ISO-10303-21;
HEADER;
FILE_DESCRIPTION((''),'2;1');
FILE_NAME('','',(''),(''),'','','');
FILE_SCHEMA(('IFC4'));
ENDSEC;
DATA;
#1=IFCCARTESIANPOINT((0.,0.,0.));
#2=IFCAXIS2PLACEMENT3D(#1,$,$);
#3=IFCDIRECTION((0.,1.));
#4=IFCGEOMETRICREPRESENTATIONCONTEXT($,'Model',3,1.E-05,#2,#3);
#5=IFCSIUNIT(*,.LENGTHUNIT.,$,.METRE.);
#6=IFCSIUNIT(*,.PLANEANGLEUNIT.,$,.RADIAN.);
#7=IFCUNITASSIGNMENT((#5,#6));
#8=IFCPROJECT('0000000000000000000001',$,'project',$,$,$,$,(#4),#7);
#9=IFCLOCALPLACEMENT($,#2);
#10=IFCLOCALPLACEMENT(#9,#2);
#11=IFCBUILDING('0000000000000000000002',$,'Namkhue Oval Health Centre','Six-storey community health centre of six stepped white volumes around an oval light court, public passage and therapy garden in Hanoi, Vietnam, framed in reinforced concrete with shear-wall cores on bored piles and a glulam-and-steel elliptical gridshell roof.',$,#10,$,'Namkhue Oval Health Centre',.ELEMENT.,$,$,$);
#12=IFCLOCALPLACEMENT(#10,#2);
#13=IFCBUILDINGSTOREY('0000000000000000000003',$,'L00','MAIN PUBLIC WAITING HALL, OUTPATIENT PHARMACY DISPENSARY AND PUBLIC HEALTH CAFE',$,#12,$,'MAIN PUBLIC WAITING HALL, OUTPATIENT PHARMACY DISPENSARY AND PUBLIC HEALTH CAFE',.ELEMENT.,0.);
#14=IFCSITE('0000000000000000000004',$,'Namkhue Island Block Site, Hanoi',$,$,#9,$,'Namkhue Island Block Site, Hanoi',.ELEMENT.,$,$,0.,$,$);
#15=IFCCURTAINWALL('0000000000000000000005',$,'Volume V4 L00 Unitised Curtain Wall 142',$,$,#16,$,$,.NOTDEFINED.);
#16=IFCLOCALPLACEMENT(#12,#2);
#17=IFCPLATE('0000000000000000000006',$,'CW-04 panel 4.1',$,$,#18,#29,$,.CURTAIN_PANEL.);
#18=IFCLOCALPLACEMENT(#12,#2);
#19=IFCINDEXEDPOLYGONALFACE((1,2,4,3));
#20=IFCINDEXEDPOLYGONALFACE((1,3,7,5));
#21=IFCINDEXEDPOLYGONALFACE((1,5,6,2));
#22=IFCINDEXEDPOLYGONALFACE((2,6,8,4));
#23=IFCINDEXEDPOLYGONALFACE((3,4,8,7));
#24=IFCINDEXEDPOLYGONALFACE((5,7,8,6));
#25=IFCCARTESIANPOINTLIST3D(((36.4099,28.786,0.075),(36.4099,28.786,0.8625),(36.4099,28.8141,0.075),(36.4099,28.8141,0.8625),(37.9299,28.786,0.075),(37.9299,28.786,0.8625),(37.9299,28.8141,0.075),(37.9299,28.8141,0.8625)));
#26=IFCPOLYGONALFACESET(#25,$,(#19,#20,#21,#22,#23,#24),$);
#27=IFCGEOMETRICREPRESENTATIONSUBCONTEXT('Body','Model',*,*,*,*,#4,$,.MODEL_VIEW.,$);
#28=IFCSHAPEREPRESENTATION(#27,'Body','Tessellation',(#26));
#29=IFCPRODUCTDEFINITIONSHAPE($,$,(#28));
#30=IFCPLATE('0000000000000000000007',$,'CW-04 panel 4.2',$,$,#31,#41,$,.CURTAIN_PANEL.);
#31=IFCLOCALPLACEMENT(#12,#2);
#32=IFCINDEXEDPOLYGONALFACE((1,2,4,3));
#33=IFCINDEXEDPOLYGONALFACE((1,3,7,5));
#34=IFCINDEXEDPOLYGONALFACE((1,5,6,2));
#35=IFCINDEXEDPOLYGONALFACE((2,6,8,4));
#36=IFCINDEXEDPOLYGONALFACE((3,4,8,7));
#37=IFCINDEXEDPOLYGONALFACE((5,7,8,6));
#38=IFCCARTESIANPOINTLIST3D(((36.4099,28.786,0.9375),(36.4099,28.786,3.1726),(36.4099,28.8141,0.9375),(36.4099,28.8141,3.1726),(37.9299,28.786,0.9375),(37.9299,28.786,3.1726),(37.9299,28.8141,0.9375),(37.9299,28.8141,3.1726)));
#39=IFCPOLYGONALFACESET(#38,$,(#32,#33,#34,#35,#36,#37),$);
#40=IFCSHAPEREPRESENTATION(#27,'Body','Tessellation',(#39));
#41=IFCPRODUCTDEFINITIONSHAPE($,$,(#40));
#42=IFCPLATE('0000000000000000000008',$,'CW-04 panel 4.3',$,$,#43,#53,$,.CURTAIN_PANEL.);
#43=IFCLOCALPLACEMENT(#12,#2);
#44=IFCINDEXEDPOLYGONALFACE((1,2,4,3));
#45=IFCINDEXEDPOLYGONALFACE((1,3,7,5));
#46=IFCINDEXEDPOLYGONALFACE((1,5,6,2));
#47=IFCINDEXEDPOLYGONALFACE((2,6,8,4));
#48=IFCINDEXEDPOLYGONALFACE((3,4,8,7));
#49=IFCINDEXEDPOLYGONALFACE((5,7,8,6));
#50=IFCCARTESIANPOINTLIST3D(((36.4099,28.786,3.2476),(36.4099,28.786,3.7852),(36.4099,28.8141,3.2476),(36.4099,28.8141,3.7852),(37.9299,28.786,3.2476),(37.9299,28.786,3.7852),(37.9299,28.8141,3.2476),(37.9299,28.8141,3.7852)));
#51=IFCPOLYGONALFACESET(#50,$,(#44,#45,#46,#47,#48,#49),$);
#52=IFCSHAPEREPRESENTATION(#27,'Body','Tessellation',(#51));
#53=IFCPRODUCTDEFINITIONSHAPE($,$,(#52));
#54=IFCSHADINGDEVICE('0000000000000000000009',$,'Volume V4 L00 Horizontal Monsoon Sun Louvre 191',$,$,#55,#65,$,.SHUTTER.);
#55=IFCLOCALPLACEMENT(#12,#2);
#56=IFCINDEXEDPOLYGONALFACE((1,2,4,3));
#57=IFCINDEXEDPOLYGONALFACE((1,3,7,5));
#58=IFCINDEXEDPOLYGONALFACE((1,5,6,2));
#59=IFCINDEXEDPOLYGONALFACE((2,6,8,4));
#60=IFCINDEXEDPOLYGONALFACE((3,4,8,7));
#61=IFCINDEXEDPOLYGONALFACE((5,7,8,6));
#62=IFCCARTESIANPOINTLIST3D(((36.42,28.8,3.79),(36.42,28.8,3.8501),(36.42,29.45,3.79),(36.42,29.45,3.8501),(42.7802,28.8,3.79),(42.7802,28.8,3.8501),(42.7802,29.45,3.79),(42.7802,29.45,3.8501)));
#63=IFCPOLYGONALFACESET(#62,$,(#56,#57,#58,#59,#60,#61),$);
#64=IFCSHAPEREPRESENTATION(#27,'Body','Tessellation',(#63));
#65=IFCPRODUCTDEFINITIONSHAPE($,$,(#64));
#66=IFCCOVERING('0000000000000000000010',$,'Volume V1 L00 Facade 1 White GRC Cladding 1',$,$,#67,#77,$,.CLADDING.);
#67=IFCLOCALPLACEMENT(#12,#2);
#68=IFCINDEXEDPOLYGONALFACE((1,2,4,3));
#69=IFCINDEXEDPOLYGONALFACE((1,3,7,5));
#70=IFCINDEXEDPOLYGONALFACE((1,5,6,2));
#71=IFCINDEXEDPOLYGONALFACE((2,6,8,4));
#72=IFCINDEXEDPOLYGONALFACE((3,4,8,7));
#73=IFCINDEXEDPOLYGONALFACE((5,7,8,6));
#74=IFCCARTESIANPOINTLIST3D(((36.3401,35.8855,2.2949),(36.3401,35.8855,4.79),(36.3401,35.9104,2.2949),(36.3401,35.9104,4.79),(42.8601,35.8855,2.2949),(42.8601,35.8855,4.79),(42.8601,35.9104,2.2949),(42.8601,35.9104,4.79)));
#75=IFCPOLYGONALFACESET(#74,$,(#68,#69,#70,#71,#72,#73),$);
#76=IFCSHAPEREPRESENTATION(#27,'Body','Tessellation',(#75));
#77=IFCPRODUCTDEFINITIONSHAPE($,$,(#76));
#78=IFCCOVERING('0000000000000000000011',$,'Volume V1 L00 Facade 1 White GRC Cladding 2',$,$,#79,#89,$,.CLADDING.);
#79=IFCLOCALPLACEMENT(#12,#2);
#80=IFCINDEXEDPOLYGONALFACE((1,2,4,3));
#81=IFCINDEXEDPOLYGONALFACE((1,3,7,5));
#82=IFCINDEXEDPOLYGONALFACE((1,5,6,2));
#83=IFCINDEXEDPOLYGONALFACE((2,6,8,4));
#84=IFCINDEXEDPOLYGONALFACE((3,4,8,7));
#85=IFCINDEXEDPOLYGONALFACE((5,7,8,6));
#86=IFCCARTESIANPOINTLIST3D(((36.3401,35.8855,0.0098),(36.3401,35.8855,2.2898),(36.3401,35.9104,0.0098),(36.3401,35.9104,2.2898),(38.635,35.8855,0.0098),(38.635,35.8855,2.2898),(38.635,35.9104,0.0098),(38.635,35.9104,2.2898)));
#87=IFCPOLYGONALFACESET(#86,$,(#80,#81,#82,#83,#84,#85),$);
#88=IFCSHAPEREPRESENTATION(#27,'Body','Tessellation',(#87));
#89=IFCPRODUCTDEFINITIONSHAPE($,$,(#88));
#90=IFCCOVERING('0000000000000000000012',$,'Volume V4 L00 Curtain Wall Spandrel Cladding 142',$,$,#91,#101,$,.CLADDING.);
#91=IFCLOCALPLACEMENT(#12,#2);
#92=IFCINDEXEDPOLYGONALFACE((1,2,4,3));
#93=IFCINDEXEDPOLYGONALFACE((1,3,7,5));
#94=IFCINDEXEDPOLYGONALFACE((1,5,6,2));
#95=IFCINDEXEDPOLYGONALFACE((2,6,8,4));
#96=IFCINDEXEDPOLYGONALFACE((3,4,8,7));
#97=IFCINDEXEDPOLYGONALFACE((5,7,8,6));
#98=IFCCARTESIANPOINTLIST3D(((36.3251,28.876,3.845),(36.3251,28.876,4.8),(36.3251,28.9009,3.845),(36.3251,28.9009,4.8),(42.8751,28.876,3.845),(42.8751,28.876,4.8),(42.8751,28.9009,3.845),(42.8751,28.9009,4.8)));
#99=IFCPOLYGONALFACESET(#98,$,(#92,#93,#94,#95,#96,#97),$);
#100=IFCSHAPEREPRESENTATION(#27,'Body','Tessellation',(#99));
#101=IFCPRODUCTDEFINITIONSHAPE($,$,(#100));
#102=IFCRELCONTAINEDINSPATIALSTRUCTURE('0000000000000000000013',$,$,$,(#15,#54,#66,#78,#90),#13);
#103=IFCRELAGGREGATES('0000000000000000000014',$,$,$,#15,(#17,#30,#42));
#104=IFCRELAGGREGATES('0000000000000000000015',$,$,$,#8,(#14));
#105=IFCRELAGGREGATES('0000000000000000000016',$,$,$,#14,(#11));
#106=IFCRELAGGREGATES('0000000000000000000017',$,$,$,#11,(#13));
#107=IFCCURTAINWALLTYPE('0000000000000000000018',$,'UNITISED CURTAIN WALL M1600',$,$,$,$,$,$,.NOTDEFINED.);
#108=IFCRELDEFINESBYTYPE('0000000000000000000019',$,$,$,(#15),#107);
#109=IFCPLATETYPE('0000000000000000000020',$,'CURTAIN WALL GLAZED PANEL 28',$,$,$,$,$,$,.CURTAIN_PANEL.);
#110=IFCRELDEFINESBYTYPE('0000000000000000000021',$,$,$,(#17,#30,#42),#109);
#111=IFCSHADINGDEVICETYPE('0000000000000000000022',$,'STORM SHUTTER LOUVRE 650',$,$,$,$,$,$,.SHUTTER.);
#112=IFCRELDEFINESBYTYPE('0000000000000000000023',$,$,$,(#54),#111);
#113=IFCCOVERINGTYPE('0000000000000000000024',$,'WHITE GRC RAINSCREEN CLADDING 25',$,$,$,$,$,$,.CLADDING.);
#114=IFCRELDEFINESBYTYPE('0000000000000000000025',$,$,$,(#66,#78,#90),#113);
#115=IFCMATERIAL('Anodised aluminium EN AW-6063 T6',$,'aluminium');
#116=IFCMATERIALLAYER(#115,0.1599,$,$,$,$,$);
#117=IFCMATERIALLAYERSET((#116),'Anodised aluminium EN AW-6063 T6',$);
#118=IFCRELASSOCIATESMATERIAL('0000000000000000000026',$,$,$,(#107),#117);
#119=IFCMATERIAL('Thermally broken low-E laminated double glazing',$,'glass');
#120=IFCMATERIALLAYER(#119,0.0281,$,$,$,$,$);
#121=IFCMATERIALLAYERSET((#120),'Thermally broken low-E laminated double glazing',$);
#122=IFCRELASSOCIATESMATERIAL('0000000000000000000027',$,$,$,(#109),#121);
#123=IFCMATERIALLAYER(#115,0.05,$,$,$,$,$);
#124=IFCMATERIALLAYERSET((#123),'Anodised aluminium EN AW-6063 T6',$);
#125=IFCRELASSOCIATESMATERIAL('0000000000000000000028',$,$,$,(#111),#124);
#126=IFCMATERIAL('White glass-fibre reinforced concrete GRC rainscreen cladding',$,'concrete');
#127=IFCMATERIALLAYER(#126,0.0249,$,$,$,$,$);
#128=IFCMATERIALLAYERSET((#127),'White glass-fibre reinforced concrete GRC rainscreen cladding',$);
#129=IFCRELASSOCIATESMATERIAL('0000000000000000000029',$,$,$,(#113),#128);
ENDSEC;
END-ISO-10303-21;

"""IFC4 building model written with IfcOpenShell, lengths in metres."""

from ifc_helpers import new_model, si_unit, direction, frame, origin, origin_2d, place, context, subcontext, project, spatial, rectangle, extrude, material, layer, layer_set, type_object, element, aggregate, save


model = new_model("IFC4")

# Units and contexts
model_context = context("Model", 3, precision=1e-05, world=origin(), true_north=direction((0.0, 1.0)))
body_context = subcontext(model_context, "Body", "Model", "MODEL_VIEW")
ifc_project = project(units=[si_unit("LENGTHUNIT", "METRE"), si_unit("PLANEANGLEUNIT", "RADIAN")], contexts=[model_context])

# Site, building, storey
site_placement = place(None, origin())
site = spatial("IfcSite", under=ifc_project, at=site_placement, Name="Namkhue Island Block Site, Hanoi", LongName="Namkhue Island Block Site, Hanoi", CompositionType="ELEMENT", RefElevation=0.0)
building_placement = place(site_placement, origin())
building = spatial("IfcBuilding", under=site, at=building_placement, Name="Namkhue Oval Health Centre", Description="Six-storey community health centre of six stepped white volumes around an oval light court, public passage and therapy garden in Hanoi, Vietnam, framed in reinforced concrete with shear-wall cores on bored piles and a glulam-and-steel elliptical gridshell roof.", LongName="Namkhue Oval Health Centre", CompositionType="ELEMENT")
storey_placement = place(building_placement, origin())
storey = spatial("IfcBuildingStorey", under=building, at=storey_placement, Name="L00", Description="MAIN PUBLIC WAITING HALL, OUTPATIENT PHARMACY DISPENSARY AND PUBLIC HEALTH CAFE", LongName="MAIN PUBLIC WAITING HALL, OUTPATIENT PHARMACY DISPENSARY AND PUBLIC HEALTH CAFE", CompositionType="ELEMENT", Elevation=0.0)

# Curtain wall
ifc_material_1 = material(Name="Anodised aluminium EN AW-6063 T6", Category="aluminium")
ifc_layer_1 = layer(ifc_material_1, 0.1599)
ifc_layer_set_1 = layer_set([ifc_layer_1], Name="Anodised aluminium EN AW-6063 T6")
curtain_wall_type = type_object("IfcCurtainWallType", Name="UNITISED CURTAIN WALL M1600", PredefinedType="NOTDEFINED", material=ifc_layer_set_1)
curtain_wall_placement = place(storey_placement, origin())
curtain_wall = element("IfcCurtainWall", 1, at=curtain_wall_placement, inside=storey, type_object=curtain_wall_type, Name="Volume V4 L00 Unitised Curtain Wall 142", PredefinedType="NOTDEFINED")

# Plates
ifc_material_2 = material(Name="Thermally broken low-E laminated double glazing", Category="glass")
ifc_layer_2 = layer(ifc_material_2, 0.0281)
ifc_layer_set_2 = layer_set([ifc_layer_2], Name="Thermally broken low-E laminated double glazing")
plate_type = type_object("IfcPlateType", Name="CURTAIN WALL GLAZED PANEL 28", PredefinedType="CURTAIN_PANEL", material=ifc_layer_set_2)
plate_1_placement = place(storey_placement, frame((37.1699, 28.8, 0.075), z_axis=(0.0, 0.0, 1.0), x_axis=(-1.0, 0.0, 0.0)))
plate_1 = element("IfcPlate", 2, at=plate_1_placement, type_object=plate_type, Name="CW-04 panel 4.1", PredefinedType="CURTAIN_PANEL", context=body_context, shape_type="SweptSolid", body=[
    extrude(rectangle(XDim=1.52, YDim=0.0281, at=origin_2d()), origin(), (0.0, 0.0, 1.0), 0.7876),
])
plate_2_placement = place(storey_placement, frame((37.1699, 28.8, 0.9375), z_axis=(0.0, 0.0, 1.0), x_axis=(-1.0, 0.0, 0.0)))
plate_2 = element("IfcPlate", 3, at=plate_2_placement, type_object=plate_type, Name="CW-04 panel 4.2", PredefinedType="CURTAIN_PANEL", context=body_context, shape_type="SweptSolid", body=[
    extrude(rectangle(XDim=1.52, YDim=0.0281, at=origin_2d()), origin(), (0.0, 0.0, 1.0), 2.2351),
])
plate_3_placement = place(storey_placement, frame((37.1699, 28.8, 3.2476), z_axis=(0.0, 0.0, 1.0), x_axis=(-1.0, 0.0, 0.0)))
plate_3 = element("IfcPlate", 4, at=plate_3_placement, type_object=plate_type, Name="CW-04 panel 4.3", PredefinedType="CURTAIN_PANEL", context=body_context, shape_type="SweptSolid", body=[
    extrude(rectangle(XDim=1.52, YDim=0.0281, at=origin_2d()), origin(), (0.0, 0.0, 1.0), 0.5376),
])
aggregate(curtain_wall, [plate_1, plate_2, plate_3])

# Shading device
ifc_layer_3 = layer(ifc_material_1, 0.05)
ifc_layer_set_3 = layer_set([ifc_layer_3], Name="Anodised aluminium EN AW-6063 T6")
shading_device_type = type_object("IfcShadingDeviceType", Name="STORM SHUTTER LOUVRE 650", PredefinedType="SHUTTER", material=ifc_layer_set_3)
shading_device_placement = place(storey_placement, frame((39.6001, 29.125, 3.79), z_axis=(0.0, 0.0, 1.0), x_axis=(-1.0, 0.0, 0.0)))
element("IfcShadingDevice", 5, at=shading_device_placement, inside=storey, type_object=shading_device_type, Name="Volume V4 L00 Horizontal Monsoon Sun Louvre 191", PredefinedType="SHUTTER", context=body_context, shape_type="SweptSolid", body=[
    extrude(rectangle(XDim=6.3601, YDim=0.6499, at=origin_2d()), origin(), (0.0, 0.0, 1.0), 0.0601),
])

# Coverings
ifc_material_3 = material(Name="White glass-fibre reinforced concrete GRC rainscreen cladding", Category="concrete")
ifc_layer_4 = layer(ifc_material_3, 0.0249)
ifc_layer_set_4 = layer_set([ifc_layer_4], Name="White glass-fibre reinforced concrete GRC rainscreen cladding")
covering_type = type_object("IfcCoveringType", Name="WHITE GRC RAINSCREEN CLADDING 25", PredefinedType="CLADDING", material=ifc_layer_set_4)
covering_1_placement = place(storey_placement, frame((39.6001, 35.8979, 2.2949), z_axis=(0.0, 0.0, 1.0), x_axis=(1.0, 0.0, 0.0)))
element("IfcCovering", 6, at=covering_1_placement, inside=storey, type_object=covering_type, Name="Volume V1 L00 Facade 1 White GRC Cladding 1", PredefinedType="CLADDING", context=body_context, shape_type="SweptSolid", body=[
    extrude(rectangle(XDim=6.52, YDim=0.0249, at=origin_2d()), origin(), (0.0, 0.0, 1.0), 2.4951),
])
covering_2_placement = place(storey_placement, frame((37.4875, 35.8979, 0.0098), z_axis=(0.0, 0.0, 1.0), x_axis=(1.0, 0.0, 0.0)))
element("IfcCovering", 7, at=covering_2_placement, inside=storey, type_object=covering_type, Name="Volume V1 L00 Facade 1 White GRC Cladding 2", PredefinedType="CLADDING", context=body_context, shape_type="SweptSolid", body=[
    extrude(rectangle(XDim=2.2949, YDim=0.0249, at=origin_2d()), origin(), (0.0, 0.0, 1.0), 2.28),
])
covering_3_placement = place(storey_placement, frame((39.6001, 28.8884, 3.845), z_axis=(0.0, 0.0, 1.0), x_axis=(-1.0, 0.0, 0.0)))
element("IfcCovering", 8, at=covering_3_placement, inside=storey, type_object=covering_type, Name="Volume V4 L00 Curtain Wall Spandrel Cladding 142", PredefinedType="CLADDING", context=body_context, shape_type="SweptSolid", body=[
    extrude(rectangle(XDim=6.55, YDim=0.0249, at=origin_2d()), origin(), (0.0, 0.0, 1.0), 0.9551),
])

save(model, "model.ifc")
